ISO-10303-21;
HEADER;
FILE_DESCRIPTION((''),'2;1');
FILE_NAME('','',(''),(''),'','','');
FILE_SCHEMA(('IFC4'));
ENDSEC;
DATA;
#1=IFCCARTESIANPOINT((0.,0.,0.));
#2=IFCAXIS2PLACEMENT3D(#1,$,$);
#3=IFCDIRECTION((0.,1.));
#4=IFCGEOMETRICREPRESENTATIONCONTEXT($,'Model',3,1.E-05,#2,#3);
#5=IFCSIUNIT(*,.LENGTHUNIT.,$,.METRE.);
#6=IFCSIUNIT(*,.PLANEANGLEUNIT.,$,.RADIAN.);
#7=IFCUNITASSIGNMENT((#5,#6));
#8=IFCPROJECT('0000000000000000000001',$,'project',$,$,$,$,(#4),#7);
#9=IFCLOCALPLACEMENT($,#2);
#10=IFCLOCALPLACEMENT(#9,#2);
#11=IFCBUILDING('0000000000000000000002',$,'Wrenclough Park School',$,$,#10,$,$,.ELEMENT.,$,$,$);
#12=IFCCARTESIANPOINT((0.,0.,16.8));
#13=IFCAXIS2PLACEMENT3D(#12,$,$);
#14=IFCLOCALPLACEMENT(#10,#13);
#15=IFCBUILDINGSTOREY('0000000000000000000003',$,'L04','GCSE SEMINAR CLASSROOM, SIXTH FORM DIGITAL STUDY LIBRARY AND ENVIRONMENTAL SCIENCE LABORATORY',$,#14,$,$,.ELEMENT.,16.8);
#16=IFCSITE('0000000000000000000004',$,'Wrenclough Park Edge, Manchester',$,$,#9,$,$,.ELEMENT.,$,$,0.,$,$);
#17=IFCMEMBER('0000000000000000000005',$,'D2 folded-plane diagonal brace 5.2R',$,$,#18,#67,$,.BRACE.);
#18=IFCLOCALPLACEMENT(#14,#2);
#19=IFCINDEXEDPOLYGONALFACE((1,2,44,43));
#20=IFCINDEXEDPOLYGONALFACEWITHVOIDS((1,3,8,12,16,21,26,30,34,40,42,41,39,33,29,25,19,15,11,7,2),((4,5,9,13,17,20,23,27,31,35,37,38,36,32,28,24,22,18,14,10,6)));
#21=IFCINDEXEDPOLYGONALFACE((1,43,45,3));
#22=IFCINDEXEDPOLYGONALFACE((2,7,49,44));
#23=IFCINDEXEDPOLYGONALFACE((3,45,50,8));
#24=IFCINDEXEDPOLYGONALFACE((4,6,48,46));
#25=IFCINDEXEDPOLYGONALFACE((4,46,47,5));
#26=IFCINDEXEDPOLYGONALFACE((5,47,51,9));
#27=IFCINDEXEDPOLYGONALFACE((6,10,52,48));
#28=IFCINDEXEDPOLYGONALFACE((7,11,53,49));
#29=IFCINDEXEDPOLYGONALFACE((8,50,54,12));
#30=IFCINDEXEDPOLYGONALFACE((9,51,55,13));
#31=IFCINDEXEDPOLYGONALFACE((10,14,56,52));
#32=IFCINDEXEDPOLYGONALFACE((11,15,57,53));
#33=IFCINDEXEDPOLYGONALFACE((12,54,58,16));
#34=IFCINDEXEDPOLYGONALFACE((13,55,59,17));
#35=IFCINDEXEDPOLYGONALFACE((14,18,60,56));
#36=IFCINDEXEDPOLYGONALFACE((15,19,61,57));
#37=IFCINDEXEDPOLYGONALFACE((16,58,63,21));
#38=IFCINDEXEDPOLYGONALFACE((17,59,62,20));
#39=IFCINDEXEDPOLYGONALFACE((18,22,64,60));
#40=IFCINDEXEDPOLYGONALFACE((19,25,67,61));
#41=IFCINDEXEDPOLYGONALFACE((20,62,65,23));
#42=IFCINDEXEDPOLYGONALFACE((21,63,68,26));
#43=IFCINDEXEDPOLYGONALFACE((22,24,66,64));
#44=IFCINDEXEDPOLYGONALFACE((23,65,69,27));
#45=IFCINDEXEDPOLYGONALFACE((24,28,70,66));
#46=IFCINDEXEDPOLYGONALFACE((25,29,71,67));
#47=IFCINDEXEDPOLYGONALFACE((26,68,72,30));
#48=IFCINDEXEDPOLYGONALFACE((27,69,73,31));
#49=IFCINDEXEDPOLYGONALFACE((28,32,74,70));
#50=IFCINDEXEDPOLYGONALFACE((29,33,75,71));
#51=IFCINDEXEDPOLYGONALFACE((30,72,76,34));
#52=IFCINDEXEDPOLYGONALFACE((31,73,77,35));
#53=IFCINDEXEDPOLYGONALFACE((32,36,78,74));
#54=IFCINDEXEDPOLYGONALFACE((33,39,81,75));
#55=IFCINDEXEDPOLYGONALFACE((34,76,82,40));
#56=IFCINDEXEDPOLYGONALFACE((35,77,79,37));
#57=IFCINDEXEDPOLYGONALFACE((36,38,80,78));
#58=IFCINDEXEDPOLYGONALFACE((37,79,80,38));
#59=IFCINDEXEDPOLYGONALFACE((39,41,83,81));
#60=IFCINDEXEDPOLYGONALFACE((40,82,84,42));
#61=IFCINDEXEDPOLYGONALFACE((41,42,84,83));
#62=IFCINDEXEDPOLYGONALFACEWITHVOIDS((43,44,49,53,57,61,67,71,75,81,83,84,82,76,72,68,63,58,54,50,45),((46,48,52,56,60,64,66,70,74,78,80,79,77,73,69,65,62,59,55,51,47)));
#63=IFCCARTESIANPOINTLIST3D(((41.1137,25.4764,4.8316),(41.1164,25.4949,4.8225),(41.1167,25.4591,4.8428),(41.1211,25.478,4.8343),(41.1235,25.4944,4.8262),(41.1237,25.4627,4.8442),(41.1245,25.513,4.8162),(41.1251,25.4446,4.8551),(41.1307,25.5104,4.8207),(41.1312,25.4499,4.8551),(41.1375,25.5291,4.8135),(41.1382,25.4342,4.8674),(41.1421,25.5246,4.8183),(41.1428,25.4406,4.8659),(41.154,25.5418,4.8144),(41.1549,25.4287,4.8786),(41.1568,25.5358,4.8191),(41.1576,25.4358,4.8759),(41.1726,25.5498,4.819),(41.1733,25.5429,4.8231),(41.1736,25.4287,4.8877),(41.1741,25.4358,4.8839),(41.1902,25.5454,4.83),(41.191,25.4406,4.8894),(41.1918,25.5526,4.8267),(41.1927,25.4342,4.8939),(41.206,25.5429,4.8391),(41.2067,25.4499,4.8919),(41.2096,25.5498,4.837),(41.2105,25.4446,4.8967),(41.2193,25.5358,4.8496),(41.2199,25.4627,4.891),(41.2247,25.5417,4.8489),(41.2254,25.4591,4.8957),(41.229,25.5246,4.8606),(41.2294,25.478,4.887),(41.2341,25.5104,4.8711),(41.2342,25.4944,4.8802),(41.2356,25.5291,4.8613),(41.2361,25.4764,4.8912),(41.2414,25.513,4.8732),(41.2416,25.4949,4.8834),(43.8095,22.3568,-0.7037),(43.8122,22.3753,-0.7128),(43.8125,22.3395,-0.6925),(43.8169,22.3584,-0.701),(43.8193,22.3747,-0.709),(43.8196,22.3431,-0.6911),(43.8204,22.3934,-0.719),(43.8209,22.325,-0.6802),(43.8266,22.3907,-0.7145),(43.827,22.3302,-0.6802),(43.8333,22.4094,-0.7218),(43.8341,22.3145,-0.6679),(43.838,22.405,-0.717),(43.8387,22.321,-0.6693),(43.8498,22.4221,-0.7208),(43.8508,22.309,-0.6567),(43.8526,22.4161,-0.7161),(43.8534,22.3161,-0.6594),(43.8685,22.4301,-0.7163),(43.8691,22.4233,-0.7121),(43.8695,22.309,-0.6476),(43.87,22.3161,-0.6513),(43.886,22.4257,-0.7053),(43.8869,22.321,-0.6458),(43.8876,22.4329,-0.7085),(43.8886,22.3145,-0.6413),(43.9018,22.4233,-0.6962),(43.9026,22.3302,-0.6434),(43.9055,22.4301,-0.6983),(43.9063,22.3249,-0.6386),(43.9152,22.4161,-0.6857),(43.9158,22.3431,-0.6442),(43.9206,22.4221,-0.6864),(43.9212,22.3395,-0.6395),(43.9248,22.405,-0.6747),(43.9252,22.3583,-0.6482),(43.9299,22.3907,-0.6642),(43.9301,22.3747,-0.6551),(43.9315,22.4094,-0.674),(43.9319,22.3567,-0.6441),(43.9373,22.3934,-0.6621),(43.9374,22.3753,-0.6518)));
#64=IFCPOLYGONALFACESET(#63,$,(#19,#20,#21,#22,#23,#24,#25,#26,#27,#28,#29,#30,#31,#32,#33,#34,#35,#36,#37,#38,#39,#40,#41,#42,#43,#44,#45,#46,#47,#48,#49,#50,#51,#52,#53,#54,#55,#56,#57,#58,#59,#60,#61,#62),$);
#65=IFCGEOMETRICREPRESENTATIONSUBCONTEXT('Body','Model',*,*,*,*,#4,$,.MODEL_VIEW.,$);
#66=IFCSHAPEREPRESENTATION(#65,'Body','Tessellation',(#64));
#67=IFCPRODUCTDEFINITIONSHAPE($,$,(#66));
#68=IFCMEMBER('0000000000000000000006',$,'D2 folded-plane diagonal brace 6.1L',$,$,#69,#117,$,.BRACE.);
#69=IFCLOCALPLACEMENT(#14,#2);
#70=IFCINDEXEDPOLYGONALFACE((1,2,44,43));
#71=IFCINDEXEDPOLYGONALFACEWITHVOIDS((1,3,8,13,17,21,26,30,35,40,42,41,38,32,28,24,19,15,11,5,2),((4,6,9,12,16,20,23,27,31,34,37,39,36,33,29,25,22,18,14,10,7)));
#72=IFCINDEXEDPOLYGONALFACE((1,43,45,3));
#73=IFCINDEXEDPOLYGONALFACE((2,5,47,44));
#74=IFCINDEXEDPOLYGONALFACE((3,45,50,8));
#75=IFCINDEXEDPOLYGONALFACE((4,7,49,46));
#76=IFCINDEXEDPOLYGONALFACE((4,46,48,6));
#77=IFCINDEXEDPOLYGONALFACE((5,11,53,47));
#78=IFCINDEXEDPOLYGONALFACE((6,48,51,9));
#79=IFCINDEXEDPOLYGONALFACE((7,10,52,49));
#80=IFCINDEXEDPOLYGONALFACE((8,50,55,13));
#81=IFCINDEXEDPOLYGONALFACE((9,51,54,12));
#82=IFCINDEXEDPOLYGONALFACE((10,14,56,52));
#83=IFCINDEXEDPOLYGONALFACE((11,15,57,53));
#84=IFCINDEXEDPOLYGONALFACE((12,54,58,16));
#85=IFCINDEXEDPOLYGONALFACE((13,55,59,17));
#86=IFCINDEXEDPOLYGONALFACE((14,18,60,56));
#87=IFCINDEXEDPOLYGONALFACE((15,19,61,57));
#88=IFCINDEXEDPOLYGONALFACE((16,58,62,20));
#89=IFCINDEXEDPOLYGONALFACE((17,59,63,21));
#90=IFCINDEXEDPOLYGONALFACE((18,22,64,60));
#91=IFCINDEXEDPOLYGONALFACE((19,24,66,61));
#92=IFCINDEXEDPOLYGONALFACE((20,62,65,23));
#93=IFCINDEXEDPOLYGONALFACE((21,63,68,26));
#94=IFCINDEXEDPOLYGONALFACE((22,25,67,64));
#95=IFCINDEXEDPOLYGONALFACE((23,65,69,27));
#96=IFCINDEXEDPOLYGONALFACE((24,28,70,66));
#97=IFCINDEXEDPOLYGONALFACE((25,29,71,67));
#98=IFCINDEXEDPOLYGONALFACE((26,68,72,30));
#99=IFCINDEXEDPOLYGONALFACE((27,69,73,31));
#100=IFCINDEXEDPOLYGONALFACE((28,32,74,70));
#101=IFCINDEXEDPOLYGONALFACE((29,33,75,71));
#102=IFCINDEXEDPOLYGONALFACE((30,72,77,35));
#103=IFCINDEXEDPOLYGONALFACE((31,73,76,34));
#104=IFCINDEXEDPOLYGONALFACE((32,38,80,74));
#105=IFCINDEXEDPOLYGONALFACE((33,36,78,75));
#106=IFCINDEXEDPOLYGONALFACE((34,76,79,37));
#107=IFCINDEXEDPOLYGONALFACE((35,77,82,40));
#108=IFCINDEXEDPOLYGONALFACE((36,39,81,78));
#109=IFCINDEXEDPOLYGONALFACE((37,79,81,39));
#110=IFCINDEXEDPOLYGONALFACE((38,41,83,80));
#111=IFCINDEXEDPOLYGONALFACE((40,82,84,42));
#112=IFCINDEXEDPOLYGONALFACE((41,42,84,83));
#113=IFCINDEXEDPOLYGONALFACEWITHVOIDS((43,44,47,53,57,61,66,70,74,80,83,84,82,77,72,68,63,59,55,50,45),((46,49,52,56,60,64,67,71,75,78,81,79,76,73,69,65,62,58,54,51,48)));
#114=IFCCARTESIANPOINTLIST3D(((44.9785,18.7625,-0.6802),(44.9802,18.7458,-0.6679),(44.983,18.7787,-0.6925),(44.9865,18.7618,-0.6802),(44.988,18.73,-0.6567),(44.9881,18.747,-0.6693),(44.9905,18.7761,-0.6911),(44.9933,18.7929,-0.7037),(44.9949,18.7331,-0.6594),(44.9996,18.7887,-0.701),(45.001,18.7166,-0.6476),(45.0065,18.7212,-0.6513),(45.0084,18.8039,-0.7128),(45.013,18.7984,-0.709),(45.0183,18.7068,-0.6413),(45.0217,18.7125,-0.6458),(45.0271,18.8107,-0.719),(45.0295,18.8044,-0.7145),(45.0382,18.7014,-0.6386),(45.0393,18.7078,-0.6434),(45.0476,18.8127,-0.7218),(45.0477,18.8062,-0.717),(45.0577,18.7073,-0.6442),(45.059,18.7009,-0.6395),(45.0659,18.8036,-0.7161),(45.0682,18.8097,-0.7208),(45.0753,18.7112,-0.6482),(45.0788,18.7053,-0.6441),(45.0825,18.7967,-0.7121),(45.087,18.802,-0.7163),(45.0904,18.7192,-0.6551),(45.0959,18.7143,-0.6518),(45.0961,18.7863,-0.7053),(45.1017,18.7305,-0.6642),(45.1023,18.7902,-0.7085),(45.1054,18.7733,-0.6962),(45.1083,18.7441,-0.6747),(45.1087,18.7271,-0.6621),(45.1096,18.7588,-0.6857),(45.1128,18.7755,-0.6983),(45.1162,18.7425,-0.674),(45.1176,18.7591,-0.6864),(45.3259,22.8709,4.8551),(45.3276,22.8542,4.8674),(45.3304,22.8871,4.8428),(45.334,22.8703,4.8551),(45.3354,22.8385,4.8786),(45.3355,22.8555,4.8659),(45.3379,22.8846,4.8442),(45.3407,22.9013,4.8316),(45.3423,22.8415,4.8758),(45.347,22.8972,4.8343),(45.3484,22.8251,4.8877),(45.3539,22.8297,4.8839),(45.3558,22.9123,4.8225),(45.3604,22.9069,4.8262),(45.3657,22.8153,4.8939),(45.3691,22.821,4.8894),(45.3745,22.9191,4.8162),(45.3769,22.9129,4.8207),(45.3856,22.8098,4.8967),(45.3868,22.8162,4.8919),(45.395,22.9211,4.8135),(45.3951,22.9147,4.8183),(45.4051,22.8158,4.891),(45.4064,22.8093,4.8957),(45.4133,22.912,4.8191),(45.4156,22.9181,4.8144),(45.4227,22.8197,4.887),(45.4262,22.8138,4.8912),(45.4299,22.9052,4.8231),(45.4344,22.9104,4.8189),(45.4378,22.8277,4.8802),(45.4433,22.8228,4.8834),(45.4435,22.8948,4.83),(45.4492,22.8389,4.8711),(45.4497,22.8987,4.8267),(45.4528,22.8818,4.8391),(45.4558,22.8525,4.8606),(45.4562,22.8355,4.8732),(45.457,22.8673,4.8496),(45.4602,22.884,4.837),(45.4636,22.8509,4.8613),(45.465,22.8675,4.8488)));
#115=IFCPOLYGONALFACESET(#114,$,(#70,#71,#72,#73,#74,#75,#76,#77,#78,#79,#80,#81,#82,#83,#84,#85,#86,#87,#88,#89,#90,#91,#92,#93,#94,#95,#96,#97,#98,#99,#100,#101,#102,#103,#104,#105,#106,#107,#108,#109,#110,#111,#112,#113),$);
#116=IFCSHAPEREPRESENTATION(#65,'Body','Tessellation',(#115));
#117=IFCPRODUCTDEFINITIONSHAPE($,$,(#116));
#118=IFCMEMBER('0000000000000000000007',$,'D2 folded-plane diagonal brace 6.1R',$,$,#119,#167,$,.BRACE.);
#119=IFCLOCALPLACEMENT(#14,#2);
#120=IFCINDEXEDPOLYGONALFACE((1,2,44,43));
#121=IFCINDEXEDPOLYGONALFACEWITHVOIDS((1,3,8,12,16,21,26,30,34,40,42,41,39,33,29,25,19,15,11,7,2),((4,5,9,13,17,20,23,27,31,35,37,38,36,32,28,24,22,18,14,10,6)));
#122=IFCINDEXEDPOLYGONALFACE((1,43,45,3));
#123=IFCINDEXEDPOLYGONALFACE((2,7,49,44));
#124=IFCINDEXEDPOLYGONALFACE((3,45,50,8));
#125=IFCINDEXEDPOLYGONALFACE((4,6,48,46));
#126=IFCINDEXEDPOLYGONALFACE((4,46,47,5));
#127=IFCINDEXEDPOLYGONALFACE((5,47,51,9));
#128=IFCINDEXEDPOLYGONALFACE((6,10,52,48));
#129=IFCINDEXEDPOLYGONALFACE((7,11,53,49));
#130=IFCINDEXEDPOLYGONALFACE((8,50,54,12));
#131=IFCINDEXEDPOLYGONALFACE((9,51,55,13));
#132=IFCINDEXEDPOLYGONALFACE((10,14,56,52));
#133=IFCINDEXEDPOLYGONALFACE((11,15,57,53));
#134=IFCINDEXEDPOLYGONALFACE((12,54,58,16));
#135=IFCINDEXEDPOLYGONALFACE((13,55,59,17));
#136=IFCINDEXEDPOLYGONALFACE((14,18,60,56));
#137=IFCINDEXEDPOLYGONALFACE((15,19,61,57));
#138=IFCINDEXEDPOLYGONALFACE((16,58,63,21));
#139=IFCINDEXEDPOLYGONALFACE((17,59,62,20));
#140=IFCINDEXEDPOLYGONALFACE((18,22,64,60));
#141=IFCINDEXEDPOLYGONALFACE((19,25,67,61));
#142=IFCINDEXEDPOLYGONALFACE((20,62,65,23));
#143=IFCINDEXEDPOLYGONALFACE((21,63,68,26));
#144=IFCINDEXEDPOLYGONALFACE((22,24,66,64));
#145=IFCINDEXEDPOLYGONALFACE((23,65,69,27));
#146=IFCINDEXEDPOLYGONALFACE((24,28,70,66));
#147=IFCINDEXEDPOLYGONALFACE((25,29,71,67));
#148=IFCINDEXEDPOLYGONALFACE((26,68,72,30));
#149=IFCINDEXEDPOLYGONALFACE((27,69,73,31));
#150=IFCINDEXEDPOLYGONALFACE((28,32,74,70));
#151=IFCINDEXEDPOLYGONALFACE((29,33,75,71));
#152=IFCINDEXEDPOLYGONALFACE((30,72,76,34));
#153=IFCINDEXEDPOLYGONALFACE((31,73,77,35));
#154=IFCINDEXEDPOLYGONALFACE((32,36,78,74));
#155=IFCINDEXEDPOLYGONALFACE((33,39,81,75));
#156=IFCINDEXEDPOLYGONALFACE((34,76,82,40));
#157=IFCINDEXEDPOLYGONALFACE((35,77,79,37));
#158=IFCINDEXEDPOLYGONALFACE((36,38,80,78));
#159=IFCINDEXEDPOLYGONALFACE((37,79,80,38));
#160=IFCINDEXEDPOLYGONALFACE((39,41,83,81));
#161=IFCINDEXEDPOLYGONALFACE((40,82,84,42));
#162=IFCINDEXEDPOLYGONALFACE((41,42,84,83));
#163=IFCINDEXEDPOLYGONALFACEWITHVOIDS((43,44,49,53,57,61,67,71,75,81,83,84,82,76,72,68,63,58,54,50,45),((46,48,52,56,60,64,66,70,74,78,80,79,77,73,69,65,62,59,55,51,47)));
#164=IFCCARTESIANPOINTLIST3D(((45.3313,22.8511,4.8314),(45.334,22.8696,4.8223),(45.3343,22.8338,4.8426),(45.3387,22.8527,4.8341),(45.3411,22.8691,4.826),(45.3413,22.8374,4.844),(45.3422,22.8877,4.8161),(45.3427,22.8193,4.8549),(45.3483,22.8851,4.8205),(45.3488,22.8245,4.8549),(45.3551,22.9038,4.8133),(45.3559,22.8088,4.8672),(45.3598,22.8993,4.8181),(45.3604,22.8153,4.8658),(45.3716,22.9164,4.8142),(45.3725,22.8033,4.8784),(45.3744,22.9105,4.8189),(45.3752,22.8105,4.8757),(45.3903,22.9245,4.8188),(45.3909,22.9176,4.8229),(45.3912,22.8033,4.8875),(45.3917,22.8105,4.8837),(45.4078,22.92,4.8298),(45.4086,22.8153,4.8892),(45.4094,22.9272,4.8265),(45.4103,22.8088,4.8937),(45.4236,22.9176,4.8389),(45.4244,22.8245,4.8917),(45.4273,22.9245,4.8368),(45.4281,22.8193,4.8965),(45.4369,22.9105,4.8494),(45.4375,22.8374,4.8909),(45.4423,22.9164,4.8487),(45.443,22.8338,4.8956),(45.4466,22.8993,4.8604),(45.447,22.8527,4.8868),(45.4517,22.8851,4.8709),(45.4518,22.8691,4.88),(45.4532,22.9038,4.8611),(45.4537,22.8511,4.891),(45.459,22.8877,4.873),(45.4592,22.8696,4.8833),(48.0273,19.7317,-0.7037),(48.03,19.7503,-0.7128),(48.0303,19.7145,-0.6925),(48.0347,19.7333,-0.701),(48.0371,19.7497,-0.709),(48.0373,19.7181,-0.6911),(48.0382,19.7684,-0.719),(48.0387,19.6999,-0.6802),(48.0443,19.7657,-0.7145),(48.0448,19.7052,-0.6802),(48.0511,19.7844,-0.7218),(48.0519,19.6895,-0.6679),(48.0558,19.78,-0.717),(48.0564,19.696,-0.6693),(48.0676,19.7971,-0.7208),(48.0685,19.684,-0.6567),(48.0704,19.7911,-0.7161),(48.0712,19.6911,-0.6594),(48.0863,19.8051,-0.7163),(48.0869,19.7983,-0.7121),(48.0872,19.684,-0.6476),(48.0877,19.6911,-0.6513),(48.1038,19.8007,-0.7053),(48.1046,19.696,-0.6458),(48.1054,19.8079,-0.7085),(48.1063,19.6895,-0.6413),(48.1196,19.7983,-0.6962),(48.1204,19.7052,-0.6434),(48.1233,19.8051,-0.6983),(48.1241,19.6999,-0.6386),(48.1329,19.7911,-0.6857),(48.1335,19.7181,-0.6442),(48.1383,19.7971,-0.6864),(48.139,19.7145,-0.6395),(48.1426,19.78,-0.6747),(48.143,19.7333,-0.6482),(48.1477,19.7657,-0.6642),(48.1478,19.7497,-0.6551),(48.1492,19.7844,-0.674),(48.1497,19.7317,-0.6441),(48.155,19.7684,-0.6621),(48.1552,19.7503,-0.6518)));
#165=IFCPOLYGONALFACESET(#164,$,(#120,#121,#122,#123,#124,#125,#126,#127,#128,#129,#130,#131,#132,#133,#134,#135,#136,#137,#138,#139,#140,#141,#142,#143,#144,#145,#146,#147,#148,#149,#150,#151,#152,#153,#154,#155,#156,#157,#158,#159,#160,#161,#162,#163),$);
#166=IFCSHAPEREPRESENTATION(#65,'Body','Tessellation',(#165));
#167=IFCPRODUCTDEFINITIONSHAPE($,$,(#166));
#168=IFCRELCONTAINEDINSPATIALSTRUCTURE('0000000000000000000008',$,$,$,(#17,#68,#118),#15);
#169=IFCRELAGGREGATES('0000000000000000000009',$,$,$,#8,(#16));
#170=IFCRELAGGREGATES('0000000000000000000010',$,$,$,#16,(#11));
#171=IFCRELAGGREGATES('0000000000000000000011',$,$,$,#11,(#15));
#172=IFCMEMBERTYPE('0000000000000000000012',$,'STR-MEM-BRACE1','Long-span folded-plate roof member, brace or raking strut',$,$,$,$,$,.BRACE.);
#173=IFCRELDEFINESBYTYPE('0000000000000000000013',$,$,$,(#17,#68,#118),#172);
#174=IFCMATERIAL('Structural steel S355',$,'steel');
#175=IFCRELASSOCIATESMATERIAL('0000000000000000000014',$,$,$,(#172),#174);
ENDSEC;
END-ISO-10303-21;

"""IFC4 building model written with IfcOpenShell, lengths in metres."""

from ifc_helpers import new_model, si_unit, direction, frame, origin, origin_2d, place, context, subcontext, project, spatial, hollow_circle, extrude, material, material_profile, profile_set, type_object, element, save


model = new_model("IFC4")

# Units and contexts
model_context = context("Model", 3, precision=1e-05, world=origin(), true_north=direction((0.0, 1.0)))
body_context = subcontext(model_context, "Body", "Model", "MODEL_VIEW")
ifc_project = project(units=[si_unit("LENGTHUNIT", "METRE"), si_unit("PLANEANGLEUNIT", "RADIAN")], contexts=[model_context])

# Site, building, storey
site_placement = place(None, origin())
site = spatial("IfcSite", under=ifc_project, at=site_placement, Name="Wrenclough Park Edge, Manchester", CompositionType="ELEMENT", RefElevation=0.0)
building_placement = place(site_placement, origin())
building = spatial("IfcBuilding", under=site, at=building_placement, Name="Wrenclough Park School", CompositionType="ELEMENT")
storey_placement = place(building_placement, frame((0.0, 0.0, 16.8)))
storey = spatial("IfcBuildingStorey", under=building, at=storey_placement, Name="L04", Description="GCSE SEMINAR CLASSROOM, SIXTH FORM DIGITAL STUDY LIBRARY AND ENVIRONMENTAL SCIENCE LABORATORY", CompositionType="ELEMENT", Elevation=16.8)

# Shared definitions
ifc_material_1 = material(Name="Structural steel S355", Category="steel")

# Members
ifc_material_profile_1 = material_profile(ifc_material_1, hollow_circle(Radius=0.0698, WallThickness=0.0081, at=origin_2d()), Name="CHS 139.7x8.0")
ifc_profile_set_1 = profile_set([ifc_material_profile_1], Name="Structural steel S355")
member_type_1 = type_object("IfcMemberType", Name="STR-MEM-BRACE1", Description="Long-span folded-plate roof member, brace or raking strut", PredefinedType="BRACE", material=ifc_profile_set_1)
for number, where, z_axis, x_axis, name in (
    (1, (43.8738, 22.3706, -0.6802), (-0.390583, 0.45199, 0.801966), (-0.756634, -0.653839, 0.0), "D2 folded-plane diagonal brace 5.2R"),
    (2, (45.0481, 18.7566, -0.6802), (0.050335, 0.595248, 0.801964), (-0.996444, 0.084261, 0.0), "D2 folded-plane diagonal brace 6.1L"),
):
    element("IfcMember", number, at=place(storey_placement, frame(where, z_axis=z_axis, x_axis=x_axis)), inside=storey, type_object=member_type_1, Name=name, PredefinedType="BRACE", context=body_context, shape_type="SweptSolid", body=[
        extrude(hollow_circle(Radius=0.0698, WallThickness=0.0081, at=origin_2d()), origin(), (0.0, 0.0, 1.0), 6.9021),
    ])
member_1_placement = place(storey_placement, frame((48.0916, 19.7456, -0.6802), z_axis=(-0.39062, 0.451956, 0.801968), x_axis=(-0.756579, -0.653902, 0.0)))
element("IfcMember", 3, at=member_1_placement, inside=storey, type_object=member_type_1, Name="D2 folded-plane diagonal brace 6.1R", PredefinedType="BRACE", context=body_context, shape_type="SweptSolid", body=[
    extrude(hollow_circle(Radius=0.0698, WallThickness=0.0081, at=origin_2d()), origin(), (0.0, 0.0, 1.0), 6.9019),
])

save(model, "model.ifc")
